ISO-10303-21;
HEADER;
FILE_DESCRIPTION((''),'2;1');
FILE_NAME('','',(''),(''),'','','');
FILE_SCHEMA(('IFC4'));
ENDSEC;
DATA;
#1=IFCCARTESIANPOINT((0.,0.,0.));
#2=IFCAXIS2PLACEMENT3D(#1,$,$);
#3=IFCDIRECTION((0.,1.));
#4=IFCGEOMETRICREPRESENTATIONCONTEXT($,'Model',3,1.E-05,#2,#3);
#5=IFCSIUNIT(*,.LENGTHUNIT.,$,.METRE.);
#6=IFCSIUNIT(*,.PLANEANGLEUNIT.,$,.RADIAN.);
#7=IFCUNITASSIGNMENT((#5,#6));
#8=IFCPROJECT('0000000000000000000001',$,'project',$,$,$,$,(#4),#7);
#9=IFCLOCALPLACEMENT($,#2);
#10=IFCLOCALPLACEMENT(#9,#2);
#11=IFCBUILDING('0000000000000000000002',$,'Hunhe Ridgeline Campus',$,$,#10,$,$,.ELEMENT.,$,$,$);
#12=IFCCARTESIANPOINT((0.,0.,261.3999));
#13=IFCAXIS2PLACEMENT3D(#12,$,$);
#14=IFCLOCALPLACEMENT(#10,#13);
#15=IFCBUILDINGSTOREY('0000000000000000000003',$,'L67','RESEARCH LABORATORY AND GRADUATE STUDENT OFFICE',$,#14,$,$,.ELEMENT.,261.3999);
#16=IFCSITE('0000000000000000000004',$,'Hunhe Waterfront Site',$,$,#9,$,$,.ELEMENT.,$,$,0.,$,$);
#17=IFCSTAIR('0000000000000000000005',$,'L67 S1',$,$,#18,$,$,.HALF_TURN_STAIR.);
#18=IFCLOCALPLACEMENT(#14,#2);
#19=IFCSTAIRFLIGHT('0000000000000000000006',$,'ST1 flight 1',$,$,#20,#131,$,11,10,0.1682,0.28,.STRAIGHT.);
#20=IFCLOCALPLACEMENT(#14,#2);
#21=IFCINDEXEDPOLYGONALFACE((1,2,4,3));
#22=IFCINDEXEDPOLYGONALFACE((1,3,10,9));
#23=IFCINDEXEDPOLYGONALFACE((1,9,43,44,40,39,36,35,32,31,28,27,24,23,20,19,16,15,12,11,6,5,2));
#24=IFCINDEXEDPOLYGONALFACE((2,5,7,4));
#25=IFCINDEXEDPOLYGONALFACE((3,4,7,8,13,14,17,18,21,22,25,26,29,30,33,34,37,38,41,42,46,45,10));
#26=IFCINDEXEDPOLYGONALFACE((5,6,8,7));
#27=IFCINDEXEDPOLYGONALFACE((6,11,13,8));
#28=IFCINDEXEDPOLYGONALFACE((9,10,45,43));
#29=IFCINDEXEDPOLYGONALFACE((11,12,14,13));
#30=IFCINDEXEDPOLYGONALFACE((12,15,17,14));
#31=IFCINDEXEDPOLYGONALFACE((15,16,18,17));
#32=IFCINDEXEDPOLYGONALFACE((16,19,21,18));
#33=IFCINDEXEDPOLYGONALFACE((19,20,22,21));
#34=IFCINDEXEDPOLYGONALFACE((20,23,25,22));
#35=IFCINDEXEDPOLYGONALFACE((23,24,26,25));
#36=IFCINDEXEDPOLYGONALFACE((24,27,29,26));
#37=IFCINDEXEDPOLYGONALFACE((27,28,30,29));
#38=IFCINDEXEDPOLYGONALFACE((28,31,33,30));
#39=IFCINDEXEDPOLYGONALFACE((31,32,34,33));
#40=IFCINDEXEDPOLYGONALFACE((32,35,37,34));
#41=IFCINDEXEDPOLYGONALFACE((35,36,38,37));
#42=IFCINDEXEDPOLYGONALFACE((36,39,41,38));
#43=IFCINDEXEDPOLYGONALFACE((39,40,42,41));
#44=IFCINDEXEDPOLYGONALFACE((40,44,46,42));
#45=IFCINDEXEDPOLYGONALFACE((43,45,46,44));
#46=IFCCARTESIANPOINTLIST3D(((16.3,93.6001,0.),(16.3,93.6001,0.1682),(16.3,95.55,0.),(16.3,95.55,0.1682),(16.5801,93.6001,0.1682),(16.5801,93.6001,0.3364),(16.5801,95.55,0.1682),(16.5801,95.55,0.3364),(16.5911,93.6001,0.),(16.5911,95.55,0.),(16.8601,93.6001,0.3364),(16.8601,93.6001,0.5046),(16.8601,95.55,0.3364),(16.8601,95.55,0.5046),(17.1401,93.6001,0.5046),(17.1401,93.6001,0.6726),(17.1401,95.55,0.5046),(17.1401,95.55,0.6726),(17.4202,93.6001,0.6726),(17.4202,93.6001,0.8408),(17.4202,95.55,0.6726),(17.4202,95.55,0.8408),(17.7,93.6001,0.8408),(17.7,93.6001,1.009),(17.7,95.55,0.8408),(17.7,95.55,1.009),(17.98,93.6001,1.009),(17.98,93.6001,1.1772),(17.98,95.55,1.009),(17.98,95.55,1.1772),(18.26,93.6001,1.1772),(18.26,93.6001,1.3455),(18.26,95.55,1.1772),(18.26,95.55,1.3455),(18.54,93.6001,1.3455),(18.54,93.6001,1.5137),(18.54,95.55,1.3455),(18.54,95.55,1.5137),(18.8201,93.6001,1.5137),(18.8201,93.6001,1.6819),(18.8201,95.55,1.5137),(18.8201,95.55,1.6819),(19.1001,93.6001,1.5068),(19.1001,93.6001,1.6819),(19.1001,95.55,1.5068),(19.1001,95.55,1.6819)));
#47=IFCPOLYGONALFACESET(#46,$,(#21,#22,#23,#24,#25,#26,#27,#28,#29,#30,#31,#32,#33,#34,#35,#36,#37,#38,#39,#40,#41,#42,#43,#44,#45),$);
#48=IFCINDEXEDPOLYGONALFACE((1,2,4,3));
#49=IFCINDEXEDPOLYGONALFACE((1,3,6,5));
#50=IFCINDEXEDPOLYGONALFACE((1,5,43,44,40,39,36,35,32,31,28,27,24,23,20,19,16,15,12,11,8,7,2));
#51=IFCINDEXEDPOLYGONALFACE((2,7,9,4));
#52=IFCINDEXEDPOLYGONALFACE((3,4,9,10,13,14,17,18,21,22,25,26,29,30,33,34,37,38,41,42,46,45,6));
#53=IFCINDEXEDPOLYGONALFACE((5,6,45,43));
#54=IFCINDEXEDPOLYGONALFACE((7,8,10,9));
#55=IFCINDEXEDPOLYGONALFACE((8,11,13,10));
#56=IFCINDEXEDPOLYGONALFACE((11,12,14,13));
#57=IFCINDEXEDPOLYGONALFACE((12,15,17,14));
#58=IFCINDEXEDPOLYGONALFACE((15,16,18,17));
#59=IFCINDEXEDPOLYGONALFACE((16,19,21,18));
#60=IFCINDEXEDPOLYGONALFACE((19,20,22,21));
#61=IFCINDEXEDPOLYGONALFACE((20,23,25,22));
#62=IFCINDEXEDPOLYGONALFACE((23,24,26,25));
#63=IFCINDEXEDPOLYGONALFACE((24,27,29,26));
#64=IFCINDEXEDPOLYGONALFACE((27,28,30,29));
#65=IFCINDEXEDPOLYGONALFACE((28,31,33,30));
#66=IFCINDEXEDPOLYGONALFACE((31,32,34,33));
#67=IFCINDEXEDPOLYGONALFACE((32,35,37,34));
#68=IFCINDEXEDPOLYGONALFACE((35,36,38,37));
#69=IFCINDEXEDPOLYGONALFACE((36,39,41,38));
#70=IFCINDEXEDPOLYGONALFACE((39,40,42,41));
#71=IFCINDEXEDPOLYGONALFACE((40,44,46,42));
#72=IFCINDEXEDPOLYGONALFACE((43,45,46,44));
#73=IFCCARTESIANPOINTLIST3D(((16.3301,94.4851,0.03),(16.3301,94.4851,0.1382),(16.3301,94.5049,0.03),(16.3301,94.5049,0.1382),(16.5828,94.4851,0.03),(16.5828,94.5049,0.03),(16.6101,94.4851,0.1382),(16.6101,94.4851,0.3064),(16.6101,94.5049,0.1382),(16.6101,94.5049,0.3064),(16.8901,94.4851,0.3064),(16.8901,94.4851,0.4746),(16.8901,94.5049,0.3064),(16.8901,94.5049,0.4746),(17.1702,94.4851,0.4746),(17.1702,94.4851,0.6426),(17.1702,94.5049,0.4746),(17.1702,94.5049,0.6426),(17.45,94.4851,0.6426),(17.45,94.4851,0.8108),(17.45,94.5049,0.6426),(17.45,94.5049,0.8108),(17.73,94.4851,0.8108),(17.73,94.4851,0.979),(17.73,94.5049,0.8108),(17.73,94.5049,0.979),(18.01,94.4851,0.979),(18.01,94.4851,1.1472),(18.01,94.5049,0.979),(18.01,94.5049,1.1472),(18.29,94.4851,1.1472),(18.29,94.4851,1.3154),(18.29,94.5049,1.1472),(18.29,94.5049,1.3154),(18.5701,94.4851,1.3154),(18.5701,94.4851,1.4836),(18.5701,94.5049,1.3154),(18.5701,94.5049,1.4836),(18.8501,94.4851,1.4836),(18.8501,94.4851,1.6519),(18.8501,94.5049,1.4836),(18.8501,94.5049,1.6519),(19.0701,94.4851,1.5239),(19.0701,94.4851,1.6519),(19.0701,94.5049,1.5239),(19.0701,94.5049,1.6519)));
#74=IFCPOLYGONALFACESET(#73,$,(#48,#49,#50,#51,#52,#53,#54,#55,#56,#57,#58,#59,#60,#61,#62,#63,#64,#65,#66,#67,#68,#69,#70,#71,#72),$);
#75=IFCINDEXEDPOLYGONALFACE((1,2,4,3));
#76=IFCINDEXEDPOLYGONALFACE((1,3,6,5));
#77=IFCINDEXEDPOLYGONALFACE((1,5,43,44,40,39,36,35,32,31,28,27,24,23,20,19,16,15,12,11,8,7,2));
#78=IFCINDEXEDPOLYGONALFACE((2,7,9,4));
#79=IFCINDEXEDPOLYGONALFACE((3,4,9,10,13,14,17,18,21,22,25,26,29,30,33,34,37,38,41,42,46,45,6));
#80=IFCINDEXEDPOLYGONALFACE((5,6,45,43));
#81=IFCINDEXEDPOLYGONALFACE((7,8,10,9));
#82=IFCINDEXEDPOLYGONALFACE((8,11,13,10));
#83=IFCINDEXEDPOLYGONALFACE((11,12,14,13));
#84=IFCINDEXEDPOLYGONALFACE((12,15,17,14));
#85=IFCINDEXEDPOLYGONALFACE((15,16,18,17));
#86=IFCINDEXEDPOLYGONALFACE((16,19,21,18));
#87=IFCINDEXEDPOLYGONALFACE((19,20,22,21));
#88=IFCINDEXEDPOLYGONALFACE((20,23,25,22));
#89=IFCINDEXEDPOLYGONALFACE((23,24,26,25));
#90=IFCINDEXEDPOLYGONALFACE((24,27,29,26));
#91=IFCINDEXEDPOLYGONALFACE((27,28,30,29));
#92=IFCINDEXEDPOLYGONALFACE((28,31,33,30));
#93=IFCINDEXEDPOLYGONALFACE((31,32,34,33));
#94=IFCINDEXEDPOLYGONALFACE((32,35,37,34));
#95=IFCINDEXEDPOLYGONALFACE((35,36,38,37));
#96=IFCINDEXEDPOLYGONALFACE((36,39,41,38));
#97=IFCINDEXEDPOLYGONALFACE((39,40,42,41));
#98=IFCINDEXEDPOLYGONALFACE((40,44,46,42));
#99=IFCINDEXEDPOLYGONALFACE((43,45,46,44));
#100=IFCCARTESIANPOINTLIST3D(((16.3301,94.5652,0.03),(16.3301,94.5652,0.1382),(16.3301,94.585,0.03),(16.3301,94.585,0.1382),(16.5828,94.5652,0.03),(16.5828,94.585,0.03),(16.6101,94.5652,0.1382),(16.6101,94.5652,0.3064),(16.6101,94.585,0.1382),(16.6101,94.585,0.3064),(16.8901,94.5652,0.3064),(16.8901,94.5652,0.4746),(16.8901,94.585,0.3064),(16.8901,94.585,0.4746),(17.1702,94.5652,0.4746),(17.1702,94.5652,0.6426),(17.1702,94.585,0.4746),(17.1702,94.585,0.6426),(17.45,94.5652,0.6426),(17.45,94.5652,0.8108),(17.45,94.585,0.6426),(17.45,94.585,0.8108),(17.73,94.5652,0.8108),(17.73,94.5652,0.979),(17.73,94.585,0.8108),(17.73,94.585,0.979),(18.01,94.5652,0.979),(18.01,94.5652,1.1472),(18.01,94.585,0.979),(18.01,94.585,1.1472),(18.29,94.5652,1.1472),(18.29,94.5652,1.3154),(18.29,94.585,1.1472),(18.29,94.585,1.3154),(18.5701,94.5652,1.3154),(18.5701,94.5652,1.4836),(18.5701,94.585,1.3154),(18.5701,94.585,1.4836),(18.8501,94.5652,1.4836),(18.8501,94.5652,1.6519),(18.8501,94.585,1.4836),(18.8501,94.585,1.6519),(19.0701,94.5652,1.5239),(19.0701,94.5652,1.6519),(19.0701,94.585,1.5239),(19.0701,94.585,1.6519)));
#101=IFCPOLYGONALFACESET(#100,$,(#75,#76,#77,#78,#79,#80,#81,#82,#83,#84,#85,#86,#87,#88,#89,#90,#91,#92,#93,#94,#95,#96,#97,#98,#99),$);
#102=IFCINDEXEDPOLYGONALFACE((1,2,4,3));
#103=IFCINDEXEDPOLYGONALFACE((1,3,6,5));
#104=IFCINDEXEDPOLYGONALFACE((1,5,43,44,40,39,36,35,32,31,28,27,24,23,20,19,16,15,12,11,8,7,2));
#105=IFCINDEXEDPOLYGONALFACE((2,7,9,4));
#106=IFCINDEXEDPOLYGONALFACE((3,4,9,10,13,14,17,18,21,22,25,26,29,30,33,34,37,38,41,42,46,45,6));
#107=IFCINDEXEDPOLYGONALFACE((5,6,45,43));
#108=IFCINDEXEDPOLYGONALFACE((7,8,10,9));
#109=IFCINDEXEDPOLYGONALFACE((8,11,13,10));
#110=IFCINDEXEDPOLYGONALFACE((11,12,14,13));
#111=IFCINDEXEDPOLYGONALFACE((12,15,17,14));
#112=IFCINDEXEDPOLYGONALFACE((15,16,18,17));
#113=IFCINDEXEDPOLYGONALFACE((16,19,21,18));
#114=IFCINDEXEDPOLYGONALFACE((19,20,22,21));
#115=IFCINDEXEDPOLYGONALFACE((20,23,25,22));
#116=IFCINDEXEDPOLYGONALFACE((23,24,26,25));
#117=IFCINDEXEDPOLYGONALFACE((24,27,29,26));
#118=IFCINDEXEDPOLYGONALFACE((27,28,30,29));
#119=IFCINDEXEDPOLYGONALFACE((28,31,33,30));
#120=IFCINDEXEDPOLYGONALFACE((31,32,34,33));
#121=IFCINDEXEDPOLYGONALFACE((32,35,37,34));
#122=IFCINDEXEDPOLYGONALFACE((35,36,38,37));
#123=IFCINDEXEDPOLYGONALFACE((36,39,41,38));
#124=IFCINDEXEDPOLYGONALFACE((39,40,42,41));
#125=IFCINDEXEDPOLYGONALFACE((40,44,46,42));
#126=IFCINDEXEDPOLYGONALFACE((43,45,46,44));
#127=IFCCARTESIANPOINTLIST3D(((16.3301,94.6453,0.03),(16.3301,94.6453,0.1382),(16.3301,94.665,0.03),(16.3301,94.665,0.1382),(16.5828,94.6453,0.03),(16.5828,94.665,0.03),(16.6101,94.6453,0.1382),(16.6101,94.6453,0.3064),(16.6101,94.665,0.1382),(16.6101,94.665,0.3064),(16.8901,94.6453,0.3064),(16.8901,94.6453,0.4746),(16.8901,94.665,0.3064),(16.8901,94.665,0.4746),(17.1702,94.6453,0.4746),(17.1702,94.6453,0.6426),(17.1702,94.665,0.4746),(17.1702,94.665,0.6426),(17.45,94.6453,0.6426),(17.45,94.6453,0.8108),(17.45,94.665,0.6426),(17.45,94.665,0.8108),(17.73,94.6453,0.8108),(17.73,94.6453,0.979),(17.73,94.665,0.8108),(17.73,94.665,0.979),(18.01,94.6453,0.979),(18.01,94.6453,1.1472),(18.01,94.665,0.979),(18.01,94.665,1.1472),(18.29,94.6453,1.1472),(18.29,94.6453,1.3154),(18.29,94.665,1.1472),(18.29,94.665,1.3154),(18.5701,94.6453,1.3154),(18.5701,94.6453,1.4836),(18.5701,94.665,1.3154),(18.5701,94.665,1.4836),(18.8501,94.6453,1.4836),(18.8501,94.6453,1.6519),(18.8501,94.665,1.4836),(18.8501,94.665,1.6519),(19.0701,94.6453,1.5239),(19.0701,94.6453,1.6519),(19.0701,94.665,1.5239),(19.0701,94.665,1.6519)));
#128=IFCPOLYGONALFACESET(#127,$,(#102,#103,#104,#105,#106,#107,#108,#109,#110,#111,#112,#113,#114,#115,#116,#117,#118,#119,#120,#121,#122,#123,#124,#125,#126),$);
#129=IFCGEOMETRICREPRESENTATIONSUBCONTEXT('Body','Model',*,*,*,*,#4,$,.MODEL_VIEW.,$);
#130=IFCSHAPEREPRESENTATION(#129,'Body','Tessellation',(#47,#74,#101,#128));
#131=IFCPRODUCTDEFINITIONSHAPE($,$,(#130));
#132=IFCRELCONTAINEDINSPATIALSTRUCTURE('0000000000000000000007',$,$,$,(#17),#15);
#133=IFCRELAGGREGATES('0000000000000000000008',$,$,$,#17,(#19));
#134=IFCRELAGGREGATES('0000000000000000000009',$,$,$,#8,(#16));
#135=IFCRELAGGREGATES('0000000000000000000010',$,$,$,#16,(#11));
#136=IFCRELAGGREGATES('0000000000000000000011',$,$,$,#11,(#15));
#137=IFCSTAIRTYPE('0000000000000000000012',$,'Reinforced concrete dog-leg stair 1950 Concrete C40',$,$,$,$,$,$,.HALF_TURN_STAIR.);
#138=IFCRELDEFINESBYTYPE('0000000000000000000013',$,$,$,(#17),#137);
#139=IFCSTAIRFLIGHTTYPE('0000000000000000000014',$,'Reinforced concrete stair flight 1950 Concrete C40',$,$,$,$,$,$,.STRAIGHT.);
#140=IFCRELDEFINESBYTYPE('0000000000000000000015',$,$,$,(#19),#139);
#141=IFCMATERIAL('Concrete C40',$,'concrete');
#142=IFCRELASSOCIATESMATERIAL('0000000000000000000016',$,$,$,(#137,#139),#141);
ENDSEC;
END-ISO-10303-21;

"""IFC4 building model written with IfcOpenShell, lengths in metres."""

from ifc_helpers import new_model, si_unit, direction, frame, origin, place, context, subcontext, project, spatial, polyline, outline, extrude, material, type_object, element, aggregate, save


model = new_model("IFC4")

# Units and contexts
model_context = context("Model", 3, precision=1e-05, world=origin(), true_north=direction((0.0, 1.0)))
body_context = subcontext(model_context, "Body", "Model", "MODEL_VIEW")
ifc_project = project(units=[si_unit("LENGTHUNIT", "METRE"), si_unit("PLANEANGLEUNIT", "RADIAN")], contexts=[model_context])

# Site, building, storey
site_placement = place(None, origin())
site = spatial("IfcSite", under=ifc_project, at=site_placement, Name="Hunhe Waterfront Site", CompositionType="ELEMENT", RefElevation=0.0)
building_placement = place(site_placement, origin())
building = spatial("IfcBuilding", under=site, at=building_placement, Name="Hunhe Ridgeline Campus", CompositionType="ELEMENT")
storey_placement = place(building_placement, frame((0.0, 0.0, 261.3999)))
storey = spatial("IfcBuildingStorey", under=building, at=storey_placement, Name="L67", Description="RESEARCH LABORATORY AND GRADUATE STUDENT OFFICE", CompositionType="ELEMENT", Elevation=261.3999)

# Stair, stair flight
ifc_material_1 = material(Name="Concrete C40", Category="concrete")
stair_type = type_object("IfcStairType", Name="Reinforced concrete dog-leg stair 1950 Concrete C40", PredefinedType="HALF_TURN_STAIR", material=ifc_material_1)
stair_placement = place(storey_placement, origin())
stair = element("IfcStair", 1, at=stair_placement, inside=storey, type_object=stair_type, Name="L67 S1", PredefinedType="HALF_TURN_STAIR")
stair_flight_type = type_object("IfcStairFlightType", Name="Reinforced concrete stair flight 1950 Concrete C40", PredefinedType="STRAIGHT", material=ifc_material_1)
stair_flight_1_placement = place(storey_placement, frame((16.3, 94.575, 0.0), z_axis=(0.0, 0.0, 1.0), x_axis=(1.0, 0.0, 0.0)))
stair_flight_1 = element("IfcStairFlight", 2, at=stair_flight_1_placement, type_object=stair_flight_type, Name="ST1 flight 1", NumberOfRisers=11, NumberOfTreads=10, PredefinedType="STRAIGHT", RiserHeight=0.1682, TreadLength=0.28, context=body_context, shape_type="SweptSolid", body=[
    extrude(outline(polyline([(0.0, 0.0), (0.0, 0.1682), (0.28, 0.1682), (0.28, 0.3364), (0.5601, 0.3364), (0.5601, 0.5046), (0.8401, 0.5046), (0.8401, 0.6726), (1.1201, 0.6726), (1.1201, 0.8408), (1.3999, 0.8408), (1.3999, 1.009), (1.6799, 1.009), (1.6799, 1.1772), (1.96, 1.1772), (1.96, 1.3455), (2.24, 1.3455), (2.24, 1.5137), (2.52, 1.5137), (2.52, 1.6819), (2.8, 1.6819), (2.8, 1.8501), (2.8, 1.5068), (0.291, 0.0), (0.0, 0.0)])), frame((0.0, 0.9751, 0.0), z_axis=(0.0, -1.0, 0.0), x_axis=(1.0, 0.0, 0.0)), (0.0, 0.0, 1.0), 1.95),
    extrude(outline(polyline([(0.03, 0.03), (0.03, 0.1382), (0.3101, 0.1382), (0.3101, 0.3064), (0.5901, 0.3064), (0.5901, 0.4746), (0.8701, 0.4746), (0.8701, 0.6426), (1.1499, 0.6426), (1.1499, 0.8108), (1.4299, 0.8108), (1.4299, 0.979), (1.71, 0.979), (1.71, 1.1472), (1.99, 1.1472), (1.99, 1.3154), (2.27, 1.3154), (2.27, 1.4836), (2.55, 1.4836), (2.55, 1.6519), (2.77, 1.6519), (2.77, 1.5239), (0.2827, 0.03), (0.03, 0.03)])), frame((0.0, -0.0701, 0.0), z_axis=(0.0, -1.0, 0.0), x_axis=(1.0, 0.0, 0.0)), (0.0, 0.0, 1.0), 0.0198),
    extrude(outline(polyline([(0.03, 0.03), (0.03, 0.1382), (0.3101, 0.1382), (0.3101, 0.3064), (0.5901, 0.3064), (0.5901, 0.4746), (0.8701, 0.4746), (0.8701, 0.6426), (1.1499, 0.6426), (1.1499, 0.8108), (1.4299, 0.8108), (1.4299, 0.979), (1.71, 0.979), (1.71, 1.1472), (1.99, 1.1472), (1.99, 1.3154), (2.27, 1.3154), (2.27, 1.4836), (2.55, 1.4836), (2.55, 1.6519), (2.77, 1.6519), (2.77, 1.5239), (0.2827, 0.03), (0.03, 0.03)])), frame((0.0, 0.01, 0.0), z_axis=(0.0, -1.0, 0.0), x_axis=(1.0, 0.0, 0.0)), (0.0, 0.0, 1.0), 0.0198),
    extrude(outline(polyline([(0.03, 0.03), (0.03, 0.1382), (0.3101, 0.1382), (0.3101, 0.3064), (0.5901, 0.3064), (0.5901, 0.4746), (0.8701, 0.4746), (0.8701, 0.6426), (1.1499, 0.6426), (1.1499, 0.8108), (1.4299, 0.8108), (1.4299, 0.979), (1.71, 0.979), (1.71, 1.1472), (1.99, 1.1472), (1.99, 1.3154), (2.27, 1.3154), (2.27, 1.4836), (2.55, 1.4836), (2.55, 1.6519), (2.77, 1.6519), (2.77, 1.5239), (0.2827, 0.03), (0.03, 0.03)])), frame((0.0, 0.0901, 0.0), z_axis=(0.0, -1.0, 0.0), x_axis=(1.0, 0.0, 0.0)), (0.0, 0.0, 1.0), 0.0198),
])
aggregate(stair, [stair_flight_1])

save(model, "model.ifc")
